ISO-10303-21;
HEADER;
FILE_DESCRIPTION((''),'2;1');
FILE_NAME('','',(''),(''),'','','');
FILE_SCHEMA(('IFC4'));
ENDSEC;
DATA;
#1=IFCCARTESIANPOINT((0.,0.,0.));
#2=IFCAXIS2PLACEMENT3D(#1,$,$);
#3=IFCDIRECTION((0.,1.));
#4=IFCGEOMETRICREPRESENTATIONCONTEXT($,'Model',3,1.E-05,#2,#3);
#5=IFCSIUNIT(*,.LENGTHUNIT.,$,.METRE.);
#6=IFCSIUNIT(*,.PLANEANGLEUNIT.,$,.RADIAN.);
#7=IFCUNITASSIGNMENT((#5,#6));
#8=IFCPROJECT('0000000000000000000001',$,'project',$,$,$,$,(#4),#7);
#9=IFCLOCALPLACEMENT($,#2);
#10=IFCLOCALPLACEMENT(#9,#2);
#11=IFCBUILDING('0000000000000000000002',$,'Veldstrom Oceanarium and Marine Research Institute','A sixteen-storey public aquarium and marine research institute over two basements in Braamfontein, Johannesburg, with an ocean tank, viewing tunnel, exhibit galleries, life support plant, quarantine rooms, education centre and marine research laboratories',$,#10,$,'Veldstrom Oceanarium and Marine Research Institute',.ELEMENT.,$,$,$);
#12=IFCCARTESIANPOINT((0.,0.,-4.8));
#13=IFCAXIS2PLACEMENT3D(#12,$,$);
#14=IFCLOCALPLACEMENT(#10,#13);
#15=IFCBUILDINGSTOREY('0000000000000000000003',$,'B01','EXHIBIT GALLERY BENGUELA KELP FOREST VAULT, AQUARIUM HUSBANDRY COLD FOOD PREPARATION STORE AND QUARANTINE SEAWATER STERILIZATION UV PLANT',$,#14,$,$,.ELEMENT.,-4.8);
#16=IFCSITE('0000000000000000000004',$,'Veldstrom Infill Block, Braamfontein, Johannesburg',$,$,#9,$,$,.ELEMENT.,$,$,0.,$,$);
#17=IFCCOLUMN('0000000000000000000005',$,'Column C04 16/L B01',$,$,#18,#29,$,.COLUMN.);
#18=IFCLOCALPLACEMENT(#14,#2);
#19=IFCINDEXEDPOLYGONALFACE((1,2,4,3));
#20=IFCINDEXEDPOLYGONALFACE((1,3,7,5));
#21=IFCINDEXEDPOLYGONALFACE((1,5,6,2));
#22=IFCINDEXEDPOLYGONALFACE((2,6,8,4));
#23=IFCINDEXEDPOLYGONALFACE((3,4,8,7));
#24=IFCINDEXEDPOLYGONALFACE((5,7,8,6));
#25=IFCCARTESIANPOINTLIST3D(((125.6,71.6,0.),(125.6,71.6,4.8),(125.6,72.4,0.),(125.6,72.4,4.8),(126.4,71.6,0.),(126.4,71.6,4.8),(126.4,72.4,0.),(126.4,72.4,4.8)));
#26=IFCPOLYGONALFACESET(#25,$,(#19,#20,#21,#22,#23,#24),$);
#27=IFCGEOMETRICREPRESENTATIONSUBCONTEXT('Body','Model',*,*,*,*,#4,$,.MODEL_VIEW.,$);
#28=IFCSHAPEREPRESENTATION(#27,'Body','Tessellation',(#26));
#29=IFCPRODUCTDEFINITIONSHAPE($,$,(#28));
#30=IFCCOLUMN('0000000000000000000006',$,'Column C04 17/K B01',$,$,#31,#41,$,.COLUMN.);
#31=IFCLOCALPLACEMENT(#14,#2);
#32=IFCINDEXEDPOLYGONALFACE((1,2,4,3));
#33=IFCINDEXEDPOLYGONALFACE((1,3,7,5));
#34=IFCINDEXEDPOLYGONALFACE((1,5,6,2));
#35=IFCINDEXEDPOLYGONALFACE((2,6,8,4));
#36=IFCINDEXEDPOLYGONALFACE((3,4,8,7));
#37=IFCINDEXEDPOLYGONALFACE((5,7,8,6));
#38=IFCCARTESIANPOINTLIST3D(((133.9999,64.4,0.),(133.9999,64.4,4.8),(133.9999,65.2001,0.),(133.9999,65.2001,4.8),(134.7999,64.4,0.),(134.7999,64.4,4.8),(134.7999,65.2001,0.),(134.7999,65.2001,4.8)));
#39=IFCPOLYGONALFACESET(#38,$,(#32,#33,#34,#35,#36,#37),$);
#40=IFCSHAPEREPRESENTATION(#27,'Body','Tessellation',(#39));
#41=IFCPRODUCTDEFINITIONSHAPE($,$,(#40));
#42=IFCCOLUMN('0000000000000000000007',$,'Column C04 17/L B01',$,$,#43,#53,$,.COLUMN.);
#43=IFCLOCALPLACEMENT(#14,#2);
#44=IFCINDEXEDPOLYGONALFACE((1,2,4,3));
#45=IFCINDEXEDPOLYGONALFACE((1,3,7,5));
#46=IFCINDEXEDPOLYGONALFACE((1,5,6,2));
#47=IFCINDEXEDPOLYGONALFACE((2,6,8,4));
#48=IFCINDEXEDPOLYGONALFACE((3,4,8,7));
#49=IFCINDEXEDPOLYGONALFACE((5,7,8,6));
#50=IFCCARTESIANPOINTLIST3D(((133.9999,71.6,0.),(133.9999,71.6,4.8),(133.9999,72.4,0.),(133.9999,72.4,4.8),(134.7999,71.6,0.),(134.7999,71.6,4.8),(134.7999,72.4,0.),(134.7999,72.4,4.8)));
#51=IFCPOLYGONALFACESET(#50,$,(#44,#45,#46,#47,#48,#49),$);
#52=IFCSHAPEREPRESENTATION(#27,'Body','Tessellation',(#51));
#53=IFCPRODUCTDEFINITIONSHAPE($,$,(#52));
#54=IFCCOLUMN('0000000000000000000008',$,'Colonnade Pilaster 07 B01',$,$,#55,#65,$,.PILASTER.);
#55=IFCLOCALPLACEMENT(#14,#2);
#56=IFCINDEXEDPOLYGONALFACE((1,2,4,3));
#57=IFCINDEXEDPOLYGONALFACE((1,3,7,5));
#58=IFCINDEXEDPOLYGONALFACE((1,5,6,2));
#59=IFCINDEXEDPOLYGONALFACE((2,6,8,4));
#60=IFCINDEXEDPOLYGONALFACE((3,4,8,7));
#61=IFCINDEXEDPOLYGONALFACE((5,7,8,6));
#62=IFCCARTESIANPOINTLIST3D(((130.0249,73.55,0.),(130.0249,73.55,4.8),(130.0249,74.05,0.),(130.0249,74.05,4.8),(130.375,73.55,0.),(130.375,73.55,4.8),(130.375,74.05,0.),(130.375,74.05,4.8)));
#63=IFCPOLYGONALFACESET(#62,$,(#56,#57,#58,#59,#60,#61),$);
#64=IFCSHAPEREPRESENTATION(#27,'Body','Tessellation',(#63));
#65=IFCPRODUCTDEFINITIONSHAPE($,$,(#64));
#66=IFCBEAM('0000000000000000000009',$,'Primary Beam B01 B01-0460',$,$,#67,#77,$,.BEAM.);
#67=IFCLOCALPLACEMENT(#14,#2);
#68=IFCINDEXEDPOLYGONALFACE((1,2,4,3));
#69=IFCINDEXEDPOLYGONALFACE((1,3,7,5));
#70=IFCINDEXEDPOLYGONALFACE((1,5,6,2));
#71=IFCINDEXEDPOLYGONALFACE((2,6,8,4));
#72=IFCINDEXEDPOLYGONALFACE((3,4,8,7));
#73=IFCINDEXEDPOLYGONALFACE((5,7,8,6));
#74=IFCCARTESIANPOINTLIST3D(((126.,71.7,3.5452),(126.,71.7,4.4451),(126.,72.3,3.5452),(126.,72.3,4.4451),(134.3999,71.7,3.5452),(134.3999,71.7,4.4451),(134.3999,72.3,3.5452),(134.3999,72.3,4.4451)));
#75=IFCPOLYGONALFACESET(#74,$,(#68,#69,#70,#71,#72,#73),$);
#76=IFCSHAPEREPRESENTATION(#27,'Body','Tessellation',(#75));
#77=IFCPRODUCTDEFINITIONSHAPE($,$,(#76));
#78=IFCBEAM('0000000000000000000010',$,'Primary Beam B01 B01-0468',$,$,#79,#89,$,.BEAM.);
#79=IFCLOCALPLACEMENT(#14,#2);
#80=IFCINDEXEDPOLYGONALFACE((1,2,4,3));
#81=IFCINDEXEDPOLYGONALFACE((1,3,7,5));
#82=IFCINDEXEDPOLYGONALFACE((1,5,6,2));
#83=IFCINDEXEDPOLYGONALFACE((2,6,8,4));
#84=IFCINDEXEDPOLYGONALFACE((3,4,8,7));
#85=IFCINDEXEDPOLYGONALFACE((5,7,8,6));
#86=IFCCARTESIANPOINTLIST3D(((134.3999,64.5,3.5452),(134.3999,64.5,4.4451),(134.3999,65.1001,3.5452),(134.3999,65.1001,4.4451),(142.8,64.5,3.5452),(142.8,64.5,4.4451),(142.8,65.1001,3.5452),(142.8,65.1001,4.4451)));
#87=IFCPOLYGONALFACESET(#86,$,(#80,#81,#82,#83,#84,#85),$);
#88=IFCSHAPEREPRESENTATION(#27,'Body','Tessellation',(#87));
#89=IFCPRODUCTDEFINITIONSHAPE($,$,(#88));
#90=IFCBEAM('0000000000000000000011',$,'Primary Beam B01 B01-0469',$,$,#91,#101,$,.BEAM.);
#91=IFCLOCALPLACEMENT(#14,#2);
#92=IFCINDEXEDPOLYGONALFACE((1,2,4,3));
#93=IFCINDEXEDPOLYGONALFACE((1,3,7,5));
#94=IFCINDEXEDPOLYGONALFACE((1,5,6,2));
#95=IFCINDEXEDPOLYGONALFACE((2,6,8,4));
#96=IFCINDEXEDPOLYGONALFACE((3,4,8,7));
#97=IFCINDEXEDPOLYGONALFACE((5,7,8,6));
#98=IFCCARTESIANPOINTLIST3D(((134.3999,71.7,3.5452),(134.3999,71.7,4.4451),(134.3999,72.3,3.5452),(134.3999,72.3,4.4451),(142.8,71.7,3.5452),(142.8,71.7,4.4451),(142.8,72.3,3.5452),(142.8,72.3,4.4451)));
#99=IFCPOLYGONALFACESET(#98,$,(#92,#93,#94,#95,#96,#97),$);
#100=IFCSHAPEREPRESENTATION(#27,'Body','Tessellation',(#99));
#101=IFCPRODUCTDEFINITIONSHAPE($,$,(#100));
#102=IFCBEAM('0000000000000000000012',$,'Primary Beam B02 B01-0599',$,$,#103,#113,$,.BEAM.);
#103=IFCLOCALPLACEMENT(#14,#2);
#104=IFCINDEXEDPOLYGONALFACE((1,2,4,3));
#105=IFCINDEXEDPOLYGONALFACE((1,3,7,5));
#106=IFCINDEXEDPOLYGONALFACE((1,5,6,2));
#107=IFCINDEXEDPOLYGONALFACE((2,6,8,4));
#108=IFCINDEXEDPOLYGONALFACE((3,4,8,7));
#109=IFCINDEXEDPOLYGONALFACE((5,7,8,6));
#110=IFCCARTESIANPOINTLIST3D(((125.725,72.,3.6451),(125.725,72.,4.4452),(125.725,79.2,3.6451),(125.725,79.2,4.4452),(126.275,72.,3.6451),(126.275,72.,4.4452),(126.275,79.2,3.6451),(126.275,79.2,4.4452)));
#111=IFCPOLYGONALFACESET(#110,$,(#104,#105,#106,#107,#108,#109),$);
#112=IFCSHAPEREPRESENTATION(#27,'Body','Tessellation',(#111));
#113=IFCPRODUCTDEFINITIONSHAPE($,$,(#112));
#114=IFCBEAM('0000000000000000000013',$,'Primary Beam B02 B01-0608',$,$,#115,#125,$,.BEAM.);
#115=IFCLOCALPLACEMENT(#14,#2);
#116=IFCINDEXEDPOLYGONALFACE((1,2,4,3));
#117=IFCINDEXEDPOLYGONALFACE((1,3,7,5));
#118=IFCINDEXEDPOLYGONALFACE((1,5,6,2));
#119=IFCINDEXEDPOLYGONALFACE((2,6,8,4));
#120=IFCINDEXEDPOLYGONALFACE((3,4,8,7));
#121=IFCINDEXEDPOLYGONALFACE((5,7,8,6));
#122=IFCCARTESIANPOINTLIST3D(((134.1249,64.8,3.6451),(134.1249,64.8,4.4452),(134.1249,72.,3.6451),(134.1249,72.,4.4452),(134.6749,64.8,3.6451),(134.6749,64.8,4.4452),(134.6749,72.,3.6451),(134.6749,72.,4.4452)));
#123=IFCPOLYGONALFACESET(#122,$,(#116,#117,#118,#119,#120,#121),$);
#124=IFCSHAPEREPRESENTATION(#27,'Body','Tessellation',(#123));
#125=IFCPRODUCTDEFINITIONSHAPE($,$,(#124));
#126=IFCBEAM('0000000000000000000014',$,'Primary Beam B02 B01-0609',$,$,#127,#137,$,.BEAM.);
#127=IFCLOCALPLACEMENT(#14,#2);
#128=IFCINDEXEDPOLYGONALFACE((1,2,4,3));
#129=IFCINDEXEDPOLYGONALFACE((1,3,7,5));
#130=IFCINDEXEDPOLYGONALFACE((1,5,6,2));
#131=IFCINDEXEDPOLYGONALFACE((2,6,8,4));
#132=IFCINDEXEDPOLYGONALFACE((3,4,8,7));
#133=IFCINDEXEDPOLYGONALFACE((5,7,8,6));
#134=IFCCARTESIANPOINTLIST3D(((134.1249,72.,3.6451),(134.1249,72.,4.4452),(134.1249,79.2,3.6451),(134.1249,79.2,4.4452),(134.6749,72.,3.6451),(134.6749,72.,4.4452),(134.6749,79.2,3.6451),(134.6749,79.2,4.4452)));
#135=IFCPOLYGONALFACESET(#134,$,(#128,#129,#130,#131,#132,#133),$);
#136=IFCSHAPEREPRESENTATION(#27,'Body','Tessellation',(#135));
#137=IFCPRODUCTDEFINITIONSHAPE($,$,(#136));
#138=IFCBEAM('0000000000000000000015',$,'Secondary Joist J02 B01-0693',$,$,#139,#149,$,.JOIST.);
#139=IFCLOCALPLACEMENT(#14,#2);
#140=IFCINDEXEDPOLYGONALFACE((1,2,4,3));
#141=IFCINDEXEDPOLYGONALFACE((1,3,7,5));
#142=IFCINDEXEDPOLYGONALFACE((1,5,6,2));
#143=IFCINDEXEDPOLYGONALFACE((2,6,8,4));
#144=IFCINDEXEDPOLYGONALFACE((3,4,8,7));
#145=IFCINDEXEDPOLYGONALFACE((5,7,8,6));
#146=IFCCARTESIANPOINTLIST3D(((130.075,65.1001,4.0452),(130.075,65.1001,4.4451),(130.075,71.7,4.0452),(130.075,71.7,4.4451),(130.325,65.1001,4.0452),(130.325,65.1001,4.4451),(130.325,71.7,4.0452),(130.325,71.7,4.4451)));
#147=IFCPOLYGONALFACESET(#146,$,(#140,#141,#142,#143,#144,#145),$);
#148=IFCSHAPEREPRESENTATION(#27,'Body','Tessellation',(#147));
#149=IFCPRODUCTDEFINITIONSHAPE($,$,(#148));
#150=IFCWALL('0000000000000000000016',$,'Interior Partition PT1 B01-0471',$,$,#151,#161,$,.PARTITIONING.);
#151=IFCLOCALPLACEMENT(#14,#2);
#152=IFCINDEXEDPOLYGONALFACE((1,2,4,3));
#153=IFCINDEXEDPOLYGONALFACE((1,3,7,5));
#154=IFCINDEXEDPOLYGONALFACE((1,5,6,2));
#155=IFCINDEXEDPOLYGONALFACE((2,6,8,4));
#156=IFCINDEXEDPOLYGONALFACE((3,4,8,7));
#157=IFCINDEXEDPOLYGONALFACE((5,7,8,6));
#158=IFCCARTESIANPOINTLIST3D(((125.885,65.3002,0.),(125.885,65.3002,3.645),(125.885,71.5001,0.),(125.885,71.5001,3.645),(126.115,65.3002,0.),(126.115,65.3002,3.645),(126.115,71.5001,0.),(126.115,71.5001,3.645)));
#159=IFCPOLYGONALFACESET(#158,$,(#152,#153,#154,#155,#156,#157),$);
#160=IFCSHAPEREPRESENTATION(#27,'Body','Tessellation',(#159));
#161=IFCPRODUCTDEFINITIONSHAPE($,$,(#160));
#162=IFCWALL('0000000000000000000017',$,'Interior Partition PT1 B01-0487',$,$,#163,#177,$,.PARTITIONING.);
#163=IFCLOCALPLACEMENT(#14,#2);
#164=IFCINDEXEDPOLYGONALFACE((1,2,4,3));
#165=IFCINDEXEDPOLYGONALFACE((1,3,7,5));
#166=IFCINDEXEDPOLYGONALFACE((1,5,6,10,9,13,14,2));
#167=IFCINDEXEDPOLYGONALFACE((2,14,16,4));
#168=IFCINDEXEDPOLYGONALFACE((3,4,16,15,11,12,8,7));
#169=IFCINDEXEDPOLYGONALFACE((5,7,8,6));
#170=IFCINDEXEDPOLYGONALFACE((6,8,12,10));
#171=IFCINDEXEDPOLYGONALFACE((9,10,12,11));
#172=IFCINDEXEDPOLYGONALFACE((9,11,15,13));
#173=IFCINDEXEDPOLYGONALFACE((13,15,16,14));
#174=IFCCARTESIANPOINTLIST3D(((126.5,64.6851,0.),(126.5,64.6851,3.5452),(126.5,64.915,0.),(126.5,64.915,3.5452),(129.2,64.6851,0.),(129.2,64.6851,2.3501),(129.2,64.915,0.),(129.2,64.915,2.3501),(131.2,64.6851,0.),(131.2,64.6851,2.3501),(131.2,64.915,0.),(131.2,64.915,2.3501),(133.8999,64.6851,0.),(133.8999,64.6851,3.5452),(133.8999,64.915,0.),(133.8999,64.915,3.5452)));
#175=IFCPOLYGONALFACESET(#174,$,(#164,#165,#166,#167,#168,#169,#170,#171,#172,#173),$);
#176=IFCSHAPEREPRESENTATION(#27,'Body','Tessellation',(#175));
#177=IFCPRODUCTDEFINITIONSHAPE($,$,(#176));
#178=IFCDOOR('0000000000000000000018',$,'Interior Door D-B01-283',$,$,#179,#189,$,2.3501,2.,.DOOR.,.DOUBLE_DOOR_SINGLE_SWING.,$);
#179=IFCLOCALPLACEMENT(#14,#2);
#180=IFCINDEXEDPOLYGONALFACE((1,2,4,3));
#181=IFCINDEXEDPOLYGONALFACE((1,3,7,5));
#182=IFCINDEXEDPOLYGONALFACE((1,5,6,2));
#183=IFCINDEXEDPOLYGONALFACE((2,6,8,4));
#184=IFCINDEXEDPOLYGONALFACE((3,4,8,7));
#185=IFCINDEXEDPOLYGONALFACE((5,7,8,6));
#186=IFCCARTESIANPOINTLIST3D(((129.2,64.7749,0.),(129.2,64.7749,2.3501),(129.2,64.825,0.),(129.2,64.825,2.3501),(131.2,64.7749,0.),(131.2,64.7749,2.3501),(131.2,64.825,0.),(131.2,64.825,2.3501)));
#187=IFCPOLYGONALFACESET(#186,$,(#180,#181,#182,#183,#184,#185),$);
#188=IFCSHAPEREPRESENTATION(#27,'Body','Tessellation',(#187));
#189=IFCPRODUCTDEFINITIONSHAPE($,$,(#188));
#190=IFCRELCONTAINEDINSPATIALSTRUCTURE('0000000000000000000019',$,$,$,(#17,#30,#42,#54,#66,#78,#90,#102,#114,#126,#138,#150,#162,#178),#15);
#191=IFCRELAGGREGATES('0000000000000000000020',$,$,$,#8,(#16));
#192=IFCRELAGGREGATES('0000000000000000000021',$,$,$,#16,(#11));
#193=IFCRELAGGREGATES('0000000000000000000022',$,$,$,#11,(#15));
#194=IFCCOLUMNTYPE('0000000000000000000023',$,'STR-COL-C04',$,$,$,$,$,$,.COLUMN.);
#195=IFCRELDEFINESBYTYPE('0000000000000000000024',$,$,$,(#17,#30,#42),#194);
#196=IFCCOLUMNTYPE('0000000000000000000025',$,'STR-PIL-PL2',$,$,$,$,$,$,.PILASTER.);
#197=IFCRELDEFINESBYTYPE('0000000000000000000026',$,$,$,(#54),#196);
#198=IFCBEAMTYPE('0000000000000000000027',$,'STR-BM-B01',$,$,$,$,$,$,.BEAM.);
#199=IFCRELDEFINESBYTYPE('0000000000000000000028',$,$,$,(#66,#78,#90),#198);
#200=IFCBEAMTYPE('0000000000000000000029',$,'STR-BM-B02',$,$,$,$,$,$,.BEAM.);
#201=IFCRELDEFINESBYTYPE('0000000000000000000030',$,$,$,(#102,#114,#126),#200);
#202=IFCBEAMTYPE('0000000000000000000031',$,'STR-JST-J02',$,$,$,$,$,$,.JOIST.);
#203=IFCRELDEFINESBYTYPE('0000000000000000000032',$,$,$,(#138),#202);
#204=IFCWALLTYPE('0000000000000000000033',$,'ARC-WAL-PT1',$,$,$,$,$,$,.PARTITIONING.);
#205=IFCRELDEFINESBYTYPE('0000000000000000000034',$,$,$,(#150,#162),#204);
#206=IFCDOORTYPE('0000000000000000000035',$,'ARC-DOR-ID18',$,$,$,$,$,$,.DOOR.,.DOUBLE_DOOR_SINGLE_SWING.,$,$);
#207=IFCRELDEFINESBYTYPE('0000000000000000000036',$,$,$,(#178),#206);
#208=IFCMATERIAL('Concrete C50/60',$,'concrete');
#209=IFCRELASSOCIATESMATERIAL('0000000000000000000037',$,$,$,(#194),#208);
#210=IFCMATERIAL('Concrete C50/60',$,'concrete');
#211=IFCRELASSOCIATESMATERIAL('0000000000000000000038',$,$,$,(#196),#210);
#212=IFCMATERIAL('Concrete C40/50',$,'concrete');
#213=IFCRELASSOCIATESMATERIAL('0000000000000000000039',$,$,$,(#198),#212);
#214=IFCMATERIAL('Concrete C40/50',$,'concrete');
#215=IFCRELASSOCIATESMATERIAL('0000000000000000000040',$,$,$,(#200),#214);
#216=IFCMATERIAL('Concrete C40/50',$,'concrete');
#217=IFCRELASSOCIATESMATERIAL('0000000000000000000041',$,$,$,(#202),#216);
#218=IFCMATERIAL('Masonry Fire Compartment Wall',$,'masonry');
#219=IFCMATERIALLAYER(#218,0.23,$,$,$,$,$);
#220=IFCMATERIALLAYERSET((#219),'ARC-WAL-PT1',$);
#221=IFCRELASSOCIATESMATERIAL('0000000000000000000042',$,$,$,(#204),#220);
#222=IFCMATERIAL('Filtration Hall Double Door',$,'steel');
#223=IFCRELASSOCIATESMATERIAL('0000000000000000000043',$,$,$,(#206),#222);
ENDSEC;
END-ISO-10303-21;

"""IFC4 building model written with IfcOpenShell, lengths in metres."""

from ifc_helpers import new_model, si_unit, direction, frame, frame_2d, origin, origin_2d, place, context, subcontext, project, spatial, rectangle, extrude, material, layer, layer_set, material_profile, profile_set, type_object, element, fill, save


model = new_model("IFC4")

# Units and contexts
model_context = context("Model", 3, precision=1e-05, world=origin(), true_north=direction((0.0, 1.0)))
body_context = subcontext(model_context, "Body", "Model", "MODEL_VIEW")
ifc_project = project(units=[si_unit("LENGTHUNIT", "METRE"), si_unit("PLANEANGLEUNIT", "RADIAN")], contexts=[model_context])

# Site, building, storey
site_placement = place(None, origin())
site = spatial("IfcSite", under=ifc_project, at=site_placement, Name="Veldstrom Infill Block, Braamfontein, Johannesburg", CompositionType="ELEMENT", RefElevation=0.0)
building_placement = place(site_placement, origin())
building = spatial("IfcBuilding", under=site, at=building_placement, Name="Veldstrom Oceanarium and Marine Research Institute", Description="A sixteen-storey public aquarium and marine research institute over two basements in Braamfontein, Johannesburg, with an ocean tank, viewing tunnel, exhibit galleries, life support plant, quarantine rooms, education centre and marine research laboratories", LongName="Veldstrom Oceanarium and Marine Research Institute", CompositionType="ELEMENT")
storey_placement = place(building_placement, frame((0.0, 0.0, -4.8)))
storey = spatial("IfcBuildingStorey", under=building, at=storey_placement, Name="B01", Description="EXHIBIT GALLERY BENGUELA KELP FOREST VAULT, AQUARIUM HUSBANDRY COLD FOOD PREPARATION STORE AND QUARANTINE SEAWATER STERILIZATION UV PLANT", CompositionType="ELEMENT", Elevation=-4.8)

# Columns
ifc_material_1 = material(Name="Concrete C50/60", Category="concrete")
ifc_material_profile_1 = material_profile(ifc_material_1, rectangle(XDim=0.8, YDim=0.8, at=origin_2d()), Name="RC-COL-800x800")
ifc_profile_set_1 = profile_set([ifc_material_profile_1], Name="Concrete C50/60")
column_type_1 = type_object("IfcColumnType", Name="STR-COL-C04", PredefinedType="COLUMN", material=ifc_profile_set_1)
for number, where, z_axis, x_axis, name in (
    (1, (126.0, 72.0, 0.0), (0.0, 0.0, 1.0), (1.0, 0.0, 0.0), "Column C04 16/L B01"),
    (2, (134.3999, 64.8, 0.0), (0.0, 0.0, 1.0), (1.0, 0.0, 0.0), "Column C04 17/K B01"),
    (3, (134.3999, 72.0, 0.0), (0.0, 0.0, 1.0), (1.0, 0.0, 0.0), "Column C04 17/L B01"),
):
    element("IfcColumn", number, at=place(storey_placement, frame(where, z_axis=z_axis, x_axis=x_axis)), inside=storey, type_object=column_type_1, Name=name, PredefinedType="COLUMN", context=body_context, shape_type="SweptSolid", body=[
        extrude(rectangle(XDim=0.8, YDim=0.8, at=origin_2d()), origin(), (0.0, 0.0, 1.0), 4.8),
    ])
ifc_material_2 = material(Name="Concrete C50/60", Category="concrete")
ifc_material_profile_2 = material_profile(ifc_material_2, rectangle(XDim=0.3501, YDim=0.5, at=origin_2d()), Name="RC-PIL-500x350")
ifc_profile_set_2 = profile_set([ifc_material_profile_2], Name="Concrete C50/60")
column_type_2 = type_object("IfcColumnType", Name="STR-PIL-PL2", PredefinedType="PILASTER", material=ifc_profile_set_2)
column_placement = place(storey_placement, frame((130.2, 73.8, 0.0), z_axis=(0.0, 0.0, 1.0), x_axis=(1.0, 0.0, 0.0)))
element("IfcColumn", 4, at=column_placement, inside=storey, type_object=column_type_2, Name="Colonnade Pilaster 07 B01", PredefinedType="PILASTER", context=body_context, shape_type="SweptSolid", body=[
    extrude(rectangle(XDim=0.3501, YDim=0.5, at=origin_2d()), origin(), (0.0, 0.0, 1.0), 4.8),
])

# Beams
ifc_material_3 = material(Name="Concrete C40/50", Category="concrete")
ifc_material_profile_3 = material_profile(ifc_material_3, rectangle(XDim=0.6001, YDim=0.8999, at=origin_2d()), Name="RC-BM-600x900")
ifc_profile_set_3 = profile_set([ifc_material_profile_3], Name="Concrete C40/50")
beam_type_1 = type_object("IfcBeamType", Name="STR-BM-B01", PredefinedType="BEAM", material=ifc_profile_set_3)
beam_1_placement = place(storey_placement, frame((126.0, 72.0, 3.9951), z_axis=(1.0, 0.0, 0.0), x_axis=(0.0, 1.0, 0.0)))
element("IfcBeam", 5, at=beam_1_placement, inside=storey, type_object=beam_type_1, Name="Primary Beam B01 B01-0460", PredefinedType="BEAM", context=body_context, shape_type="SweptSolid", body=[
    extrude(rectangle(XDim=0.6001, YDim=0.8999, at=origin_2d()), origin(), (0.0, 0.0, 1.0), 8.3999),
])
for number, where, z_axis, x_axis, name in (
    (6, (134.3999, 64.8, 3.9951), (1.0, 0.0, 0.0), (0.0, 1.0, 0.0), "Primary Beam B01 B01-0468"),
    (7, (134.3999, 72.0, 3.9951), (1.0, 0.0, 0.0), (0.0, 1.0, 0.0), "Primary Beam B01 B01-0469"),
):
    element("IfcBeam", number, at=place(storey_placement, frame(where, z_axis=z_axis, x_axis=x_axis)), inside=storey, type_object=beam_type_1, Name=name, PredefinedType="BEAM", context=body_context, shape_type="SweptSolid", body=[
        extrude(rectangle(XDim=0.6001, YDim=0.8999, at=origin_2d()), origin(), (0.0, 0.0, 1.0), 8.4001),
    ])
ifc_material_4 = material(Name="Concrete C40/50", Category="concrete")
ifc_material_profile_4 = material_profile(ifc_material_4, rectangle(XDim=0.55, YDim=0.8, at=origin_2d()), Name="RC-BM-550x800")
ifc_profile_set_4 = profile_set([ifc_material_profile_4], Name="Concrete C40/50")
beam_type_2 = type_object("IfcBeamType", Name="STR-BM-B02", PredefinedType="BEAM", material=ifc_profile_set_4)
for number, where, z_axis, x_axis, name in (
    (8, (126.0, 72.0, 4.0452), (0.0, 1.0, 0.0), (-1.0, 0.0, 0.0), "Primary Beam B02 B01-0599"),
    (9, (134.3999, 64.8, 4.0452), (0.0, 1.0, 0.0), (-1.0, 0.0, 0.0), "Primary Beam B02 B01-0608"),
    (10, (134.3999, 72.0, 4.0452), (0.0, 1.0, 0.0), (-1.0, 0.0, 0.0), "Primary Beam B02 B01-0609"),
):
    element("IfcBeam", number, at=place(storey_placement, frame(where, z_axis=z_axis, x_axis=x_axis)), inside=storey, type_object=beam_type_2, Name=name, PredefinedType="BEAM", context=body_context, shape_type="SweptSolid", body=[
        extrude(rectangle(XDim=0.55, YDim=0.8, at=origin_2d()), origin(), (0.0, 0.0, 1.0), 7.2),
    ])
ifc_material_5 = material(Name="Concrete C40/50", Category="concrete")
ifc_material_profile_5 = material_profile(ifc_material_5, rectangle(XDim=0.25, YDim=0.3999, at=origin_2d()), Name="RC-JST-250x400")
ifc_profile_set_5 = profile_set([ifc_material_profile_5], Name="Concrete C40/50")
beam_type_3 = type_object("IfcBeamType", Name="STR-JST-J02", PredefinedType="JOIST", material=ifc_profile_set_5)
beam_2_placement = place(storey_placement, frame((130.2, 65.1001, 4.2451), z_axis=(0.0, 1.0, 0.0), x_axis=(-1.0, 0.0, 0.0)))
element("IfcBeam", 11, at=beam_2_placement, inside=storey, type_object=beam_type_3, Name="Secondary Joist J02 B01-0693", PredefinedType="JOIST", context=body_context, shape_type="SweptSolid", body=[
    extrude(rectangle(XDim=0.25, YDim=0.3999, at=origin_2d()), origin(), (0.0, 0.0, 1.0), 6.5999),
])

# Wall
ifc_material_6 = material(Name="Masonry Fire Compartment Wall", Category="masonry")
ifc_layer_1 = layer(ifc_material_6, 0.23)
ifc_layer_set_1 = layer_set([ifc_layer_1], Name="ARC-WAL-PT1")
wall_type_1 = type_object("IfcWallType", Name="ARC-WAL-PT1", PredefinedType="PARTITIONING", material=ifc_layer_set_1)
wall_1_placement = place(storey_placement, frame((126.0, 65.3, 0.0), z_axis=(0.0, 0.0, 1.0), x_axis=(0.0, 1.0, 0.0)))
element("IfcWall", 12, at=wall_1_placement, inside=storey, type_object=wall_type_1, Name="Interior Partition PT1 B01-0471", PredefinedType="PARTITIONING", context=body_context, shape_type="SweptSolid", body=[
    extrude(rectangle(XDim=6.2, YDim=0.23, at=frame_2d((3.1001, 0.0))), origin(), (0.0, 0.0, 1.0), 3.645),
])

# Wall, opening, door
wall_2_placement = place(storey_placement, frame((126.5, 64.8, 0.0), z_axis=(0.0, 0.0, 1.0), x_axis=(1.0, 0.0, 0.0)))
wall_2 = element("IfcWall", 13, at=wall_2_placement, inside=storey, type_object=wall_type_1, Name="Interior Partition PT1 B01-0487", PredefinedType="PARTITIONING", context=body_context, shape_type="SweptSolid", body=[
    extrude(rectangle(XDim=7.3999, YDim=0.23, at=frame_2d((3.7, 0.0))), origin(), (0.0, 0.0, 1.0), 3.5452),
])
opening_1_placement = place(wall_2_placement, frame((2.7, 0.0, 0.0)))
opening_1 = element("IfcOpeningElement", 14, at=opening_1_placement, cuts=wall_2, PredefinedType="OPENING", context=body_context, shape_type="SweptSolid", body=[
    extrude(rectangle(XDim=2.0, YDim=2.3501, at=frame_2d((1.0, 1.175))), frame((0.0, 0.125, 0.0), z_axis=(0.0, -1.0, 0.0), x_axis=(1.0, 0.0, 0.0)), (0.0, 0.0, 1.0), 0.25),
])
ifc_material_7 = material(Name="Filtration Hall Double Door", Category="steel")
door_type_1 = type_object("IfcDoorType", Name="ARC-DOR-ID18", OperationType="DOUBLE_DOOR_SINGLE_SWING", PredefinedType="DOOR", material=ifc_material_7)
door_1_placement = place(opening_1_placement, origin())
door_1 = element("IfcDoor", 15, at=door_1_placement, inside=storey, type_object=door_type_1, Name="Interior Door D-B01-283", OperationType="DOUBLE_DOOR_SINGLE_SWING", OverallHeight=2.3501, OverallWidth=2.0, PredefinedType="DOOR", context=body_context, shape_type="SweptSolid", body=[
    extrude(rectangle(XDim=2.0, YDim=2.3501, at=frame_2d((1.0, 1.175))), frame((0.0, 0.0249, 0.0), z_axis=(0.0, -1.0, 0.0), x_axis=(1.0, 0.0, 0.0)), (0.0, 0.0, 1.0), 0.05),
])
fill(opening_1, door_1)

save(model, "model.ifc")
